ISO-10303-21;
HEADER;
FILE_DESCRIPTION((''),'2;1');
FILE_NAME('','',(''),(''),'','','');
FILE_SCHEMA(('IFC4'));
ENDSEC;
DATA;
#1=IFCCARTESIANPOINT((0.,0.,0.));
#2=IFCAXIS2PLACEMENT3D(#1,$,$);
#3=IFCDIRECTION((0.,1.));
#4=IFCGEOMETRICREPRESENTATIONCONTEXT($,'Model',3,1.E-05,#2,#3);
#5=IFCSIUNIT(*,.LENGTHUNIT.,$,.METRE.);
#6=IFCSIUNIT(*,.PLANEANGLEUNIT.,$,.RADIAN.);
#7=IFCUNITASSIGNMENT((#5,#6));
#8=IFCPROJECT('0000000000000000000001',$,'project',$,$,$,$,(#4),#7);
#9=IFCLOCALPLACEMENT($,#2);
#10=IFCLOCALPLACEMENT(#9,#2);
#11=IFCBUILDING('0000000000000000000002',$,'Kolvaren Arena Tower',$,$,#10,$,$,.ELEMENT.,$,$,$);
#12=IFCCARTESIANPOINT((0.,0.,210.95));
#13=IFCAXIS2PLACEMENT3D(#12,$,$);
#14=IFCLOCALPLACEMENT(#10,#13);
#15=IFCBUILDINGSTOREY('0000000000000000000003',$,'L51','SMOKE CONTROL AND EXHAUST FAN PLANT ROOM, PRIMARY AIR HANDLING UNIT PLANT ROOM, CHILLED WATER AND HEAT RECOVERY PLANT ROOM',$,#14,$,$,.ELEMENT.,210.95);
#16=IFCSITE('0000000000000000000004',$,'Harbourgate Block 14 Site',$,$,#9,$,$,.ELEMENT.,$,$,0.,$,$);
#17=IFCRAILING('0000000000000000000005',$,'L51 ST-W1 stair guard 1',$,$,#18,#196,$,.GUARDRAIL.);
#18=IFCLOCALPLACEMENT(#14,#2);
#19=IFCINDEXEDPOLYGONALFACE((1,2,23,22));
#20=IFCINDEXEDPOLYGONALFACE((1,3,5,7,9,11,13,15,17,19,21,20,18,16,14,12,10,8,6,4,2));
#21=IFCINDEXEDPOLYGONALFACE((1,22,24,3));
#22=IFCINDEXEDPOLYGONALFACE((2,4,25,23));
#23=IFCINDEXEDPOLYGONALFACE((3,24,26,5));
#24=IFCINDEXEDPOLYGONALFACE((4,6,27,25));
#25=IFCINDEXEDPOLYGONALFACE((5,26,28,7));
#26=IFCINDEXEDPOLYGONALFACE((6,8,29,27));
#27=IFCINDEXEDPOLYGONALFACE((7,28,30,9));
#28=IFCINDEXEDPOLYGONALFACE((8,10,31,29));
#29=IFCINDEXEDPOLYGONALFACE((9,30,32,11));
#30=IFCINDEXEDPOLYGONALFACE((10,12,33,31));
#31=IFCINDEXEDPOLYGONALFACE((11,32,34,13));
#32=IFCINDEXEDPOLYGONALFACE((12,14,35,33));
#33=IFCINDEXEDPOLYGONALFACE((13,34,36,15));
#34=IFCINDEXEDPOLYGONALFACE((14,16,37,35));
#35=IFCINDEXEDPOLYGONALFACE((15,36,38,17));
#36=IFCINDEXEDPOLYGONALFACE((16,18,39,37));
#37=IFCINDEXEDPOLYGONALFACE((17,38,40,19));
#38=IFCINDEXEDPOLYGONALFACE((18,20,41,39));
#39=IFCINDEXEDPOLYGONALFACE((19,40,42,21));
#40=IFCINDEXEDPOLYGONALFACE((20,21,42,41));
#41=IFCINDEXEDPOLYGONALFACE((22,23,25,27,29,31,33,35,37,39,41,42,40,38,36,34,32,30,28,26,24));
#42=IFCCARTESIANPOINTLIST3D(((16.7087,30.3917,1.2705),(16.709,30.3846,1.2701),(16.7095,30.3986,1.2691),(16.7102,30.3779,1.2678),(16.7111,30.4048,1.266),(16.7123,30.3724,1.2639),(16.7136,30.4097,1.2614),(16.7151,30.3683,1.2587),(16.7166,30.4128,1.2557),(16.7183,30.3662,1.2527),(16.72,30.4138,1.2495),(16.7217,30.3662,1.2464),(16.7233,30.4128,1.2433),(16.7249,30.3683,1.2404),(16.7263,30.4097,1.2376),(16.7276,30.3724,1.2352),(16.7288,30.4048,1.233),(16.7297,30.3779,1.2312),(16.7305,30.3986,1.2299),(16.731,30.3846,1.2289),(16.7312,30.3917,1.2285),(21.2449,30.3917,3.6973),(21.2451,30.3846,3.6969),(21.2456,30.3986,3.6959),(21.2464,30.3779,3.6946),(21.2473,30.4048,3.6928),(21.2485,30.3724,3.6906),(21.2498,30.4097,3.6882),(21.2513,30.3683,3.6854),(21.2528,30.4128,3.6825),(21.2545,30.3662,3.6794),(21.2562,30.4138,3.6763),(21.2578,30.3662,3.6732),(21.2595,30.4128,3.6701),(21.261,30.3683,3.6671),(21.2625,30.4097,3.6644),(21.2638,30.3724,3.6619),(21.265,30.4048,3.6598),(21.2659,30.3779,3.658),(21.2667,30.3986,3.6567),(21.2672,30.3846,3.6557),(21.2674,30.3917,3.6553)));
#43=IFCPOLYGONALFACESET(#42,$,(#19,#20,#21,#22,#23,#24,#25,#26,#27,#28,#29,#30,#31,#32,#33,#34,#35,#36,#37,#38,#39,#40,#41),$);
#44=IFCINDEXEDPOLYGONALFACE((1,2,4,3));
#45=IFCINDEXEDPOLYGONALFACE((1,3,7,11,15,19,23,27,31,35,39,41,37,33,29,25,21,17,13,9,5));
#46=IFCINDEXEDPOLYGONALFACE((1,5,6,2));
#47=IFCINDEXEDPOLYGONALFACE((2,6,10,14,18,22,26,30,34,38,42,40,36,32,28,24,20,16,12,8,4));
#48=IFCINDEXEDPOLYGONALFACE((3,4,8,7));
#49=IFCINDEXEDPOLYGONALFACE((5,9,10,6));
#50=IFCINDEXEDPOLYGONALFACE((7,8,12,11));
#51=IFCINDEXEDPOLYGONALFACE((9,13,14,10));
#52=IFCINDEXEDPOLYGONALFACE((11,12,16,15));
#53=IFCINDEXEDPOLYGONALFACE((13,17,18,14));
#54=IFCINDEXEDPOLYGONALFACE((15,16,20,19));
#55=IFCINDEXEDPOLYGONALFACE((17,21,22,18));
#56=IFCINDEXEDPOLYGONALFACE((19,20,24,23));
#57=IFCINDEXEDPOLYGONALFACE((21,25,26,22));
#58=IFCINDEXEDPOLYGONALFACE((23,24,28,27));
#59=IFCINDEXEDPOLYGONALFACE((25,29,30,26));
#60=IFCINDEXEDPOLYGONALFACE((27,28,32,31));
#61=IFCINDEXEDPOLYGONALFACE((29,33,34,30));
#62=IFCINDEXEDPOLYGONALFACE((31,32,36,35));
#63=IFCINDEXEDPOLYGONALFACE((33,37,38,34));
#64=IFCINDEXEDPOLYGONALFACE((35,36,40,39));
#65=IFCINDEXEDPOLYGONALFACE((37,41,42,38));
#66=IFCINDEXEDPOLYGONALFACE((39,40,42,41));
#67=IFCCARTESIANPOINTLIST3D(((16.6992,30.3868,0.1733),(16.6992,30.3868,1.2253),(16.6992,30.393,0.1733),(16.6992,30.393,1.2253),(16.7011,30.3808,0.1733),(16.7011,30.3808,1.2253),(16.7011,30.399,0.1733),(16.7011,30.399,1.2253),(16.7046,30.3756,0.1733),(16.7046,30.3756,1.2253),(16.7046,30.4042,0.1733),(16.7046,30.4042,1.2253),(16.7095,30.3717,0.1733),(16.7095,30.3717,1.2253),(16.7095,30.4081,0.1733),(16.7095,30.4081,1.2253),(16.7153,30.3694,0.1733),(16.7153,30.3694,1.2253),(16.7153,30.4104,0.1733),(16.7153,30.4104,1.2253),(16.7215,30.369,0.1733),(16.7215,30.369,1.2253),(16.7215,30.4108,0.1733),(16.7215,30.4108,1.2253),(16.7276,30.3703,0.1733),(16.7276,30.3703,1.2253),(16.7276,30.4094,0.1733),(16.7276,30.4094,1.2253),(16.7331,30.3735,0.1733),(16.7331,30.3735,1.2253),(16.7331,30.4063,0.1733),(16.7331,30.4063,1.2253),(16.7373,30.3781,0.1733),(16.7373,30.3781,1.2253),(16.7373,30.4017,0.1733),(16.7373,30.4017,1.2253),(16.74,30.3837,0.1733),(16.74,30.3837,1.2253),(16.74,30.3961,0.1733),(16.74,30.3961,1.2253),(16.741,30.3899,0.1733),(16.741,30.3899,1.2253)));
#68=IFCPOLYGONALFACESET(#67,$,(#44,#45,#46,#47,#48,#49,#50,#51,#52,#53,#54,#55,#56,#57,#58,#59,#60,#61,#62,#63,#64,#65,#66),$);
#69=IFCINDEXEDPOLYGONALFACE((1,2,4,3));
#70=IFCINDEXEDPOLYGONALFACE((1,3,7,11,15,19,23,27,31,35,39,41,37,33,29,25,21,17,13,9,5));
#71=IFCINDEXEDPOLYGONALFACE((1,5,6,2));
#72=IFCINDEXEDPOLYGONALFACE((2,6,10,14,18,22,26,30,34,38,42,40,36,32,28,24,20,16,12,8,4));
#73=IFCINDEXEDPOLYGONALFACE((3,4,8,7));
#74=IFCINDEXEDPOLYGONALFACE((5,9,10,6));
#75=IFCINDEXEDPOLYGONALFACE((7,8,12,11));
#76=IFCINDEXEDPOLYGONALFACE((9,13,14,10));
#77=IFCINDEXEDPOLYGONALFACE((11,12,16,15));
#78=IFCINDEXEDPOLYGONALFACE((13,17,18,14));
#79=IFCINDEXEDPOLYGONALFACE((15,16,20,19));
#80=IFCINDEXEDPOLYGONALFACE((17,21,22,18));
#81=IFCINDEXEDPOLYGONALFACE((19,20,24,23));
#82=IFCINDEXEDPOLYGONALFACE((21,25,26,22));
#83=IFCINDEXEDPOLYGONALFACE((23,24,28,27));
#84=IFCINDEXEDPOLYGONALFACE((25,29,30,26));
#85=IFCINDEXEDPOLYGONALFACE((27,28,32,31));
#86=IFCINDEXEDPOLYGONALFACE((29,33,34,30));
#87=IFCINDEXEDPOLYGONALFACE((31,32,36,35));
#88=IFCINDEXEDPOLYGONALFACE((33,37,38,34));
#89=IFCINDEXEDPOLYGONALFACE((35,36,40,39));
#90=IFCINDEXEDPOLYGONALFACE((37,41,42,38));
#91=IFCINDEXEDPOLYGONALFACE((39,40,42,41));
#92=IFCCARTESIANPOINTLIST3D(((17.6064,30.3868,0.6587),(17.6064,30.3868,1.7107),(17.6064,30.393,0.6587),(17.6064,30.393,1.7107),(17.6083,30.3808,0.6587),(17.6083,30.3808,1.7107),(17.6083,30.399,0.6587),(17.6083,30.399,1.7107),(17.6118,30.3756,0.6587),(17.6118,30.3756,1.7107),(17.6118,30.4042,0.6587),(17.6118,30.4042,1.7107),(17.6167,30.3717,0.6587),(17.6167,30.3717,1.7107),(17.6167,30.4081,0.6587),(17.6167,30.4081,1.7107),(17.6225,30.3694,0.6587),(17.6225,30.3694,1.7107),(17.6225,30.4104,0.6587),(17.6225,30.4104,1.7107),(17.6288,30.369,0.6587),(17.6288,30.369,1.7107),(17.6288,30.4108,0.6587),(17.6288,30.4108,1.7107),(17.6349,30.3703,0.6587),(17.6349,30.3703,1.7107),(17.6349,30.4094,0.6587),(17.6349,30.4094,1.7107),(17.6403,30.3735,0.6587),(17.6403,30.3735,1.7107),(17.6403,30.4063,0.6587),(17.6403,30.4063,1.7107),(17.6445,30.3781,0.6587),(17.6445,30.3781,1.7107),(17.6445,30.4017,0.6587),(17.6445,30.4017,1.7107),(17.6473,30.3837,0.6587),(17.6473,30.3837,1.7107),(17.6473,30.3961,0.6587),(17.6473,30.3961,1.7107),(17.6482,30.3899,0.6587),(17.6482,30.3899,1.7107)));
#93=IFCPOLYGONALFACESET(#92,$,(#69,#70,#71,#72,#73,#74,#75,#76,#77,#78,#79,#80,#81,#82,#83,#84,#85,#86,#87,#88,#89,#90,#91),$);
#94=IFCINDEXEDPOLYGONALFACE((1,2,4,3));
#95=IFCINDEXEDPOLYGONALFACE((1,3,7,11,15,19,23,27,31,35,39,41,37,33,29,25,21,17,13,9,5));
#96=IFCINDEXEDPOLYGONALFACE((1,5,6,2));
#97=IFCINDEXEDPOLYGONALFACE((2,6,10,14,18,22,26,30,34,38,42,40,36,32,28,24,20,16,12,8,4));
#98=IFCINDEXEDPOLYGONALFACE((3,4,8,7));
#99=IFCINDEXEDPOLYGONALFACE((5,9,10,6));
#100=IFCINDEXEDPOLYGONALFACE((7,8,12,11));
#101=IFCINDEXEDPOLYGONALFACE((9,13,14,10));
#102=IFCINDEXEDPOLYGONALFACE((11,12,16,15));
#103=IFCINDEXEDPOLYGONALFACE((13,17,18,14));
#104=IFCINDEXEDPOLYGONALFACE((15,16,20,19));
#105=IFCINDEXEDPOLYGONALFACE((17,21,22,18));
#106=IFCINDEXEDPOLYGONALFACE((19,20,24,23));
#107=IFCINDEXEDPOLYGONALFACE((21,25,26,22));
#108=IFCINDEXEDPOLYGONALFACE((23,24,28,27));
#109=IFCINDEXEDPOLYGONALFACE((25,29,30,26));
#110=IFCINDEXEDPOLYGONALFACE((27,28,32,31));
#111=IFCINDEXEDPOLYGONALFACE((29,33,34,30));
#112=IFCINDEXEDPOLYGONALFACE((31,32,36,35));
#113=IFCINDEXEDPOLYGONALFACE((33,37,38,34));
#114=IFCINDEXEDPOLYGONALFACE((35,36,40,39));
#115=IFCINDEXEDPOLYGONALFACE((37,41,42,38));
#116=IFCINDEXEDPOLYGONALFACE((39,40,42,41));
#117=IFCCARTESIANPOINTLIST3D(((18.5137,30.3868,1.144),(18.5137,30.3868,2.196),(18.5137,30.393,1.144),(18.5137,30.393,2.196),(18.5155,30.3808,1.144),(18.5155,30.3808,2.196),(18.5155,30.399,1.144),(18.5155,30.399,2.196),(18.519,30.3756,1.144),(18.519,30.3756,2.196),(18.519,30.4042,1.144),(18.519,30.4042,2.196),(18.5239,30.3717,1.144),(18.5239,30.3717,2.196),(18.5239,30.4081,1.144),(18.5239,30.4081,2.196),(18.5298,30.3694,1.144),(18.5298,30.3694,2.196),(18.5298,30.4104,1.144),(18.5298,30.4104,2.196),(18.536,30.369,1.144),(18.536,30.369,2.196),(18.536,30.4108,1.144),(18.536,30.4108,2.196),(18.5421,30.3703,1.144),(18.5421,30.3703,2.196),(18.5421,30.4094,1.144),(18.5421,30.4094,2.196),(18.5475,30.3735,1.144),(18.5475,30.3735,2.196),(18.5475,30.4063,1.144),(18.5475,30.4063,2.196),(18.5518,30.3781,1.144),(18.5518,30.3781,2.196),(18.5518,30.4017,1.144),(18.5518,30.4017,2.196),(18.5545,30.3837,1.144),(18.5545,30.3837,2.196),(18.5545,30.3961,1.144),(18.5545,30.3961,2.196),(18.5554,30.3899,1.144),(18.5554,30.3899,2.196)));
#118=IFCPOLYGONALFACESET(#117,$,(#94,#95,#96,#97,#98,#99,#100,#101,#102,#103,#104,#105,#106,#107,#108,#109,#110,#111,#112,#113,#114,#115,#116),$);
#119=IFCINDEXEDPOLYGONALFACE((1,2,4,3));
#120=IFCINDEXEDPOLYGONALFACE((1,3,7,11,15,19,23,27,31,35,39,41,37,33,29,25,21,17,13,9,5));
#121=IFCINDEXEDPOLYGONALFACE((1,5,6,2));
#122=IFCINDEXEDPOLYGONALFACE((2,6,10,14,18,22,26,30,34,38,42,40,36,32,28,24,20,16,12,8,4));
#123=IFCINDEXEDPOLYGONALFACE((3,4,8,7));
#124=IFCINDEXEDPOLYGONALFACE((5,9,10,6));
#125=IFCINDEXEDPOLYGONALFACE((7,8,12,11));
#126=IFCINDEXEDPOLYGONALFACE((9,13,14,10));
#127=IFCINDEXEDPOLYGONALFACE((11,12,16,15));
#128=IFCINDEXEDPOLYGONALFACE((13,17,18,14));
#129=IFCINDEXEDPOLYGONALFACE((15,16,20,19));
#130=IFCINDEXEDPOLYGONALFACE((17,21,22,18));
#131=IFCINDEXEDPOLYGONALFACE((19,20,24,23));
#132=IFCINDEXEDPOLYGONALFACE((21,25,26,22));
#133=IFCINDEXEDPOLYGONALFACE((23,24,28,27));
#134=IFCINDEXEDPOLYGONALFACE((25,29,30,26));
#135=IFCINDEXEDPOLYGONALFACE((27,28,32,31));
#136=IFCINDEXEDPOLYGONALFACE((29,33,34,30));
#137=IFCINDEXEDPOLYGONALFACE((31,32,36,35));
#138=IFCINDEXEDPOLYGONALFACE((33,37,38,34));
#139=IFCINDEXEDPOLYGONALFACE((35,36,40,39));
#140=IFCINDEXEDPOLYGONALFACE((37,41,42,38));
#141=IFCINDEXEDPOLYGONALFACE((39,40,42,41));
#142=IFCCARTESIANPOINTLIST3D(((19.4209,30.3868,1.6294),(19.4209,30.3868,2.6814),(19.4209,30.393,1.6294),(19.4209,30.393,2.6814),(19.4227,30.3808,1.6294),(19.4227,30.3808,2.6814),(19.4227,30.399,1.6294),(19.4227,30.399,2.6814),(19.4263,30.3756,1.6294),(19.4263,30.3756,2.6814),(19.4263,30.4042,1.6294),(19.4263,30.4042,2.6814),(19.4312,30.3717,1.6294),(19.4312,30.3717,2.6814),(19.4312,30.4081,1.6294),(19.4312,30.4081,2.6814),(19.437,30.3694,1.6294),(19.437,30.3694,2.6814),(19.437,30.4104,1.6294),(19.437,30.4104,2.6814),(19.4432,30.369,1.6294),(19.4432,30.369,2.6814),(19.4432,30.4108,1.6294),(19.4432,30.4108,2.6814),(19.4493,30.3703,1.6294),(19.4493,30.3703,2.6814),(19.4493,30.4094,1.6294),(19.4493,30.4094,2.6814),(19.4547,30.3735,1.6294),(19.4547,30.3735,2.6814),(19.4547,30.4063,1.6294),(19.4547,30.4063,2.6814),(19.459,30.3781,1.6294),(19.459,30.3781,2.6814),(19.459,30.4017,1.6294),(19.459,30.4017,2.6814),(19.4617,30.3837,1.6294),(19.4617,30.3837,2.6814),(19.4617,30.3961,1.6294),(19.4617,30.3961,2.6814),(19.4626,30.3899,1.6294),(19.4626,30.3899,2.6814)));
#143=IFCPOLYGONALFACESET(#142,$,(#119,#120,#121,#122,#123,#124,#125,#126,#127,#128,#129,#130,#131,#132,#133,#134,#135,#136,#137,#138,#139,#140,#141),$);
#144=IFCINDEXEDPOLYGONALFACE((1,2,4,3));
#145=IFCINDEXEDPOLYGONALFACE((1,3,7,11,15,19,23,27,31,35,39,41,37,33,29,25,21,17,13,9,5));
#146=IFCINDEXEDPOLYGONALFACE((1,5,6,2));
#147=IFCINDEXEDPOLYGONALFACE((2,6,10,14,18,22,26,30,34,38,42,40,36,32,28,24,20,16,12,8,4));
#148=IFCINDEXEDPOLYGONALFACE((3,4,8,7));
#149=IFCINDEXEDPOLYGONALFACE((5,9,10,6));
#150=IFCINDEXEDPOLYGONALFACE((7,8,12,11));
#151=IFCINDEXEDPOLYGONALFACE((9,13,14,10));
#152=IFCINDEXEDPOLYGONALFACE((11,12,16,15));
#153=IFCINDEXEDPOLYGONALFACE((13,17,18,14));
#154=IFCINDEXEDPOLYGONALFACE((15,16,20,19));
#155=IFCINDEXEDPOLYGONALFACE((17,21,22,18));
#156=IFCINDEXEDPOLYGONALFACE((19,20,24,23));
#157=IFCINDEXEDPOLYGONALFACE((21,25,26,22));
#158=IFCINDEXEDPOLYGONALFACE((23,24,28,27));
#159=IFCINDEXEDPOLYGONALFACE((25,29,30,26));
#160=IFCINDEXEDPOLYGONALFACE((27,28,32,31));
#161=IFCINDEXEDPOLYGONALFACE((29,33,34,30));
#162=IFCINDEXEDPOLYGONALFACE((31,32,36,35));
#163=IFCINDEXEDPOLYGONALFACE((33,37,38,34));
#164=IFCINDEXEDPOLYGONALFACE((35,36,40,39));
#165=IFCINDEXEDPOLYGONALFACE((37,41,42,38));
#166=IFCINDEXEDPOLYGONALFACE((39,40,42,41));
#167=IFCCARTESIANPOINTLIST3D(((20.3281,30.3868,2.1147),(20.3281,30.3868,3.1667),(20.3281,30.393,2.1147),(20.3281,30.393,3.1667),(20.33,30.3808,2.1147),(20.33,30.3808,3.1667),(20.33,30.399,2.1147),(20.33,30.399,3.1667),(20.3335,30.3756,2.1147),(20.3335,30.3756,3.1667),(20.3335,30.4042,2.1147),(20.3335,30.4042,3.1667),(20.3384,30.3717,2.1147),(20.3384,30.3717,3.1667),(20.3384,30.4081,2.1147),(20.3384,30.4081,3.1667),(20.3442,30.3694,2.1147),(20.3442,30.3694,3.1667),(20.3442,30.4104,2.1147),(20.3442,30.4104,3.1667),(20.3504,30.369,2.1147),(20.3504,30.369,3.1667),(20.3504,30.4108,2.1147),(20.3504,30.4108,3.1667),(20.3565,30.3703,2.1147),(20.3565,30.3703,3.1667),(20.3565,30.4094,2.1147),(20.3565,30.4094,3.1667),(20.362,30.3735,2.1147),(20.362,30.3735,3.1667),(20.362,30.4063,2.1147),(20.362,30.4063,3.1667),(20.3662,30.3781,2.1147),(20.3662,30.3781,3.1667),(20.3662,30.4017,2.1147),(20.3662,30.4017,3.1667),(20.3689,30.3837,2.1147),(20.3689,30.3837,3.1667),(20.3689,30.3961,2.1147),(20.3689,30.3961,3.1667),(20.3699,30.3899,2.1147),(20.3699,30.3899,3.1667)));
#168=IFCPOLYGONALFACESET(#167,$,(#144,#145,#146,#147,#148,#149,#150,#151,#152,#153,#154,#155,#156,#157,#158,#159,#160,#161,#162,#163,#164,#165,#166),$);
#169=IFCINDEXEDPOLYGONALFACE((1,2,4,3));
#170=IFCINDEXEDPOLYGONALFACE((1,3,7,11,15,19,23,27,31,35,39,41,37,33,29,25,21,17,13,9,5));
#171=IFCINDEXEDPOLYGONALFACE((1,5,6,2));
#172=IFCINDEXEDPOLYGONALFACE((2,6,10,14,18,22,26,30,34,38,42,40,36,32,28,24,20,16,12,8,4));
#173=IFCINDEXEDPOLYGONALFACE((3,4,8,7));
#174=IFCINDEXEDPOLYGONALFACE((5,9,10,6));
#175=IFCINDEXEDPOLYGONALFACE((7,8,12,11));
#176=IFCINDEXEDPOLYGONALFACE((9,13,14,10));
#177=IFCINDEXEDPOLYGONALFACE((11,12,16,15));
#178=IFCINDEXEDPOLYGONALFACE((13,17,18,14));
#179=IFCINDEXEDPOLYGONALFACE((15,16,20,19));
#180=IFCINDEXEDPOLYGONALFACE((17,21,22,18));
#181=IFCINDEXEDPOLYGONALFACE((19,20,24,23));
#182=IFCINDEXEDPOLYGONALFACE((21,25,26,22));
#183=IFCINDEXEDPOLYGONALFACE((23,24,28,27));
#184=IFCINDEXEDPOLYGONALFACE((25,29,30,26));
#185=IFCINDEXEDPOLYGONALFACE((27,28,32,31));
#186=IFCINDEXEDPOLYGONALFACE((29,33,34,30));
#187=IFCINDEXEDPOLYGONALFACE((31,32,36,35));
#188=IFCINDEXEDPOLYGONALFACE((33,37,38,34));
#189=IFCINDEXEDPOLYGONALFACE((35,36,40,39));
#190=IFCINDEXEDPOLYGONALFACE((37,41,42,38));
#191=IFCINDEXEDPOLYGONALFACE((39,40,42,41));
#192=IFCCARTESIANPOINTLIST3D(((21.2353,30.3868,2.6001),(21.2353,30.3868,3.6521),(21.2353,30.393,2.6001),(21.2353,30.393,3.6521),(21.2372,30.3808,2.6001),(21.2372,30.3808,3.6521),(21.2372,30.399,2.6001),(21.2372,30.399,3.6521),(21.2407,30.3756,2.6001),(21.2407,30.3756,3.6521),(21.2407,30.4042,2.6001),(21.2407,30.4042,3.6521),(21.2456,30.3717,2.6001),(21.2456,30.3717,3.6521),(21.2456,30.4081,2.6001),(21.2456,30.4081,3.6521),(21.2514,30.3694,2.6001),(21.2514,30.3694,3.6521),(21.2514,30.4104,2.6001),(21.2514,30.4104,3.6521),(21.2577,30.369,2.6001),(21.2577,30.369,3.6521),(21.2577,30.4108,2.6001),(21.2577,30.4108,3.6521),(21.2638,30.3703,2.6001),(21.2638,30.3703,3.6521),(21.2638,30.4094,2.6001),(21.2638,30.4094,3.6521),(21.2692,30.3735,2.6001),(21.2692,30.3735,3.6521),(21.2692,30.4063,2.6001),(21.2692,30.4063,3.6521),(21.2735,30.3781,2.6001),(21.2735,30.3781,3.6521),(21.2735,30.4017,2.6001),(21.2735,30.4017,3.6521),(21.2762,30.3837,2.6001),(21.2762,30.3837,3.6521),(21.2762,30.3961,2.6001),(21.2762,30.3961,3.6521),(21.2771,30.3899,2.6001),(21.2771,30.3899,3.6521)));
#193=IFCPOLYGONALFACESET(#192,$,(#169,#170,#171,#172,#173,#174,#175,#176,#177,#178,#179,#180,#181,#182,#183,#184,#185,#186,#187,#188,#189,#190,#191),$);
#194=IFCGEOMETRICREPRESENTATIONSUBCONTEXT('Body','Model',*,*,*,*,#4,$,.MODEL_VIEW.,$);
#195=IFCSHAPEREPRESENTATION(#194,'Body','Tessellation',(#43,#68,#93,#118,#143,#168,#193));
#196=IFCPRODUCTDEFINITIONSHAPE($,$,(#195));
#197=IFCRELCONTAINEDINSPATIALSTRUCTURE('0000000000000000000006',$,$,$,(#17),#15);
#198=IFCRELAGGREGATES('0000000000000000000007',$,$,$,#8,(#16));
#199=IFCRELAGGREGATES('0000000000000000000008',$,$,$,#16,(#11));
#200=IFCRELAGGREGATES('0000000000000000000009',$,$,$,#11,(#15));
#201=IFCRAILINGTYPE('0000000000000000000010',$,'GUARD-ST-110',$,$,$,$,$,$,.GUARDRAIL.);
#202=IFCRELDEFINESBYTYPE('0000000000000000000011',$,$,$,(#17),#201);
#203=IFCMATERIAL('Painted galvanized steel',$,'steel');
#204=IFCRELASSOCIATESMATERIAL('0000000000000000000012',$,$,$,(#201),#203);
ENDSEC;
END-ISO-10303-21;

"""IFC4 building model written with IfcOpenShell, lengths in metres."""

from ifc_helpers import new_model, si_unit, direction, frame, origin, origin_2d, place, context, subcontext, project, spatial, circle, extrude, material, type_object, element, save


model = new_model("IFC4")

# Units and contexts
model_context = context("Model", 3, precision=1e-05, world=origin(), true_north=direction((0.0, 1.0)))
body_context = subcontext(model_context, "Body", "Model", "MODEL_VIEW")
ifc_project = project(units=[si_unit("LENGTHUNIT", "METRE"), si_unit("PLANEANGLEUNIT", "RADIAN")], contexts=[model_context])

# Site, building, storey
site_placement = place(None, origin())
site = spatial("IfcSite", under=ifc_project, at=site_placement, Name="Harbourgate Block 14 Site", CompositionType="ELEMENT", RefElevation=0.0)
building_placement = place(site_placement, origin())
building = spatial("IfcBuilding", under=site, at=building_placement, Name="Kolvaren Arena Tower", CompositionType="ELEMENT")
storey_placement = place(building_placement, frame((0.0, 0.0, 210.95)))
storey = spatial("IfcBuildingStorey", under=building, at=storey_placement, Name="L51", Description="SMOKE CONTROL AND EXHAUST FAN PLANT ROOM, PRIMARY AIR HANDLING UNIT PLANT ROOM, CHILLED WATER AND HEAT RECOVERY PLANT ROOM", CompositionType="ELEMENT", Elevation=210.95)

# Railing
ifc_material_1 = material(Name="Painted galvanized steel", Category="steel")
railing_type_1 = type_object("IfcRailingType", Name="GUARD-ST-110", PredefinedType="GUARDRAIL", material=ifc_material_1)
railing_1_placement = place(storey_placement, frame((16.72, 30.3899, 0.1733)))
element("IfcRailing", 1, at=railing_1_placement, inside=storey, type_object=railing_type_1, Name="L51 ST-W1 stair guard 1", PredefinedType="GUARDRAIL", context=body_context, shape_type="SweptSolid", body=[
    extrude(circle(Radius=0.0239, at=origin_2d()), frame((0.0, 0.0, 1.0762), z_axis=(0.881748, 0.0, 0.471721), x_axis=(0.0, 1.0, 0.0)), (0.0, 0.0, 1.0), 5.1445),
    extrude(circle(Radius=0.021, at=origin_2d()), origin(), (0.0, 0.0, 1.0), 1.052),
    extrude(circle(Radius=0.021, at=origin_2d()), frame((0.9072, 0.0, 0.4854)), (0.0, 0.0, 1.0), 1.052),
    extrude(circle(Radius=0.021, at=origin_2d()), frame((1.8145, 0.0, 0.9707)), (0.0, 0.0, 1.0), 1.052),
    extrude(circle(Radius=0.021, at=origin_2d()), frame((2.7217, 0.0, 1.4561)), (0.0, 0.0, 1.0), 1.052),
    extrude(circle(Radius=0.021, at=origin_2d()), frame((3.6289, 0.0, 1.9414)), (0.0, 0.0, 1.0), 1.052),
    extrude(circle(Radius=0.021, at=origin_2d()), frame((4.5361, 0.0, 2.4268)), (0.0, 0.0, 1.0), 1.052),
])

save(model, "model.ifc")
